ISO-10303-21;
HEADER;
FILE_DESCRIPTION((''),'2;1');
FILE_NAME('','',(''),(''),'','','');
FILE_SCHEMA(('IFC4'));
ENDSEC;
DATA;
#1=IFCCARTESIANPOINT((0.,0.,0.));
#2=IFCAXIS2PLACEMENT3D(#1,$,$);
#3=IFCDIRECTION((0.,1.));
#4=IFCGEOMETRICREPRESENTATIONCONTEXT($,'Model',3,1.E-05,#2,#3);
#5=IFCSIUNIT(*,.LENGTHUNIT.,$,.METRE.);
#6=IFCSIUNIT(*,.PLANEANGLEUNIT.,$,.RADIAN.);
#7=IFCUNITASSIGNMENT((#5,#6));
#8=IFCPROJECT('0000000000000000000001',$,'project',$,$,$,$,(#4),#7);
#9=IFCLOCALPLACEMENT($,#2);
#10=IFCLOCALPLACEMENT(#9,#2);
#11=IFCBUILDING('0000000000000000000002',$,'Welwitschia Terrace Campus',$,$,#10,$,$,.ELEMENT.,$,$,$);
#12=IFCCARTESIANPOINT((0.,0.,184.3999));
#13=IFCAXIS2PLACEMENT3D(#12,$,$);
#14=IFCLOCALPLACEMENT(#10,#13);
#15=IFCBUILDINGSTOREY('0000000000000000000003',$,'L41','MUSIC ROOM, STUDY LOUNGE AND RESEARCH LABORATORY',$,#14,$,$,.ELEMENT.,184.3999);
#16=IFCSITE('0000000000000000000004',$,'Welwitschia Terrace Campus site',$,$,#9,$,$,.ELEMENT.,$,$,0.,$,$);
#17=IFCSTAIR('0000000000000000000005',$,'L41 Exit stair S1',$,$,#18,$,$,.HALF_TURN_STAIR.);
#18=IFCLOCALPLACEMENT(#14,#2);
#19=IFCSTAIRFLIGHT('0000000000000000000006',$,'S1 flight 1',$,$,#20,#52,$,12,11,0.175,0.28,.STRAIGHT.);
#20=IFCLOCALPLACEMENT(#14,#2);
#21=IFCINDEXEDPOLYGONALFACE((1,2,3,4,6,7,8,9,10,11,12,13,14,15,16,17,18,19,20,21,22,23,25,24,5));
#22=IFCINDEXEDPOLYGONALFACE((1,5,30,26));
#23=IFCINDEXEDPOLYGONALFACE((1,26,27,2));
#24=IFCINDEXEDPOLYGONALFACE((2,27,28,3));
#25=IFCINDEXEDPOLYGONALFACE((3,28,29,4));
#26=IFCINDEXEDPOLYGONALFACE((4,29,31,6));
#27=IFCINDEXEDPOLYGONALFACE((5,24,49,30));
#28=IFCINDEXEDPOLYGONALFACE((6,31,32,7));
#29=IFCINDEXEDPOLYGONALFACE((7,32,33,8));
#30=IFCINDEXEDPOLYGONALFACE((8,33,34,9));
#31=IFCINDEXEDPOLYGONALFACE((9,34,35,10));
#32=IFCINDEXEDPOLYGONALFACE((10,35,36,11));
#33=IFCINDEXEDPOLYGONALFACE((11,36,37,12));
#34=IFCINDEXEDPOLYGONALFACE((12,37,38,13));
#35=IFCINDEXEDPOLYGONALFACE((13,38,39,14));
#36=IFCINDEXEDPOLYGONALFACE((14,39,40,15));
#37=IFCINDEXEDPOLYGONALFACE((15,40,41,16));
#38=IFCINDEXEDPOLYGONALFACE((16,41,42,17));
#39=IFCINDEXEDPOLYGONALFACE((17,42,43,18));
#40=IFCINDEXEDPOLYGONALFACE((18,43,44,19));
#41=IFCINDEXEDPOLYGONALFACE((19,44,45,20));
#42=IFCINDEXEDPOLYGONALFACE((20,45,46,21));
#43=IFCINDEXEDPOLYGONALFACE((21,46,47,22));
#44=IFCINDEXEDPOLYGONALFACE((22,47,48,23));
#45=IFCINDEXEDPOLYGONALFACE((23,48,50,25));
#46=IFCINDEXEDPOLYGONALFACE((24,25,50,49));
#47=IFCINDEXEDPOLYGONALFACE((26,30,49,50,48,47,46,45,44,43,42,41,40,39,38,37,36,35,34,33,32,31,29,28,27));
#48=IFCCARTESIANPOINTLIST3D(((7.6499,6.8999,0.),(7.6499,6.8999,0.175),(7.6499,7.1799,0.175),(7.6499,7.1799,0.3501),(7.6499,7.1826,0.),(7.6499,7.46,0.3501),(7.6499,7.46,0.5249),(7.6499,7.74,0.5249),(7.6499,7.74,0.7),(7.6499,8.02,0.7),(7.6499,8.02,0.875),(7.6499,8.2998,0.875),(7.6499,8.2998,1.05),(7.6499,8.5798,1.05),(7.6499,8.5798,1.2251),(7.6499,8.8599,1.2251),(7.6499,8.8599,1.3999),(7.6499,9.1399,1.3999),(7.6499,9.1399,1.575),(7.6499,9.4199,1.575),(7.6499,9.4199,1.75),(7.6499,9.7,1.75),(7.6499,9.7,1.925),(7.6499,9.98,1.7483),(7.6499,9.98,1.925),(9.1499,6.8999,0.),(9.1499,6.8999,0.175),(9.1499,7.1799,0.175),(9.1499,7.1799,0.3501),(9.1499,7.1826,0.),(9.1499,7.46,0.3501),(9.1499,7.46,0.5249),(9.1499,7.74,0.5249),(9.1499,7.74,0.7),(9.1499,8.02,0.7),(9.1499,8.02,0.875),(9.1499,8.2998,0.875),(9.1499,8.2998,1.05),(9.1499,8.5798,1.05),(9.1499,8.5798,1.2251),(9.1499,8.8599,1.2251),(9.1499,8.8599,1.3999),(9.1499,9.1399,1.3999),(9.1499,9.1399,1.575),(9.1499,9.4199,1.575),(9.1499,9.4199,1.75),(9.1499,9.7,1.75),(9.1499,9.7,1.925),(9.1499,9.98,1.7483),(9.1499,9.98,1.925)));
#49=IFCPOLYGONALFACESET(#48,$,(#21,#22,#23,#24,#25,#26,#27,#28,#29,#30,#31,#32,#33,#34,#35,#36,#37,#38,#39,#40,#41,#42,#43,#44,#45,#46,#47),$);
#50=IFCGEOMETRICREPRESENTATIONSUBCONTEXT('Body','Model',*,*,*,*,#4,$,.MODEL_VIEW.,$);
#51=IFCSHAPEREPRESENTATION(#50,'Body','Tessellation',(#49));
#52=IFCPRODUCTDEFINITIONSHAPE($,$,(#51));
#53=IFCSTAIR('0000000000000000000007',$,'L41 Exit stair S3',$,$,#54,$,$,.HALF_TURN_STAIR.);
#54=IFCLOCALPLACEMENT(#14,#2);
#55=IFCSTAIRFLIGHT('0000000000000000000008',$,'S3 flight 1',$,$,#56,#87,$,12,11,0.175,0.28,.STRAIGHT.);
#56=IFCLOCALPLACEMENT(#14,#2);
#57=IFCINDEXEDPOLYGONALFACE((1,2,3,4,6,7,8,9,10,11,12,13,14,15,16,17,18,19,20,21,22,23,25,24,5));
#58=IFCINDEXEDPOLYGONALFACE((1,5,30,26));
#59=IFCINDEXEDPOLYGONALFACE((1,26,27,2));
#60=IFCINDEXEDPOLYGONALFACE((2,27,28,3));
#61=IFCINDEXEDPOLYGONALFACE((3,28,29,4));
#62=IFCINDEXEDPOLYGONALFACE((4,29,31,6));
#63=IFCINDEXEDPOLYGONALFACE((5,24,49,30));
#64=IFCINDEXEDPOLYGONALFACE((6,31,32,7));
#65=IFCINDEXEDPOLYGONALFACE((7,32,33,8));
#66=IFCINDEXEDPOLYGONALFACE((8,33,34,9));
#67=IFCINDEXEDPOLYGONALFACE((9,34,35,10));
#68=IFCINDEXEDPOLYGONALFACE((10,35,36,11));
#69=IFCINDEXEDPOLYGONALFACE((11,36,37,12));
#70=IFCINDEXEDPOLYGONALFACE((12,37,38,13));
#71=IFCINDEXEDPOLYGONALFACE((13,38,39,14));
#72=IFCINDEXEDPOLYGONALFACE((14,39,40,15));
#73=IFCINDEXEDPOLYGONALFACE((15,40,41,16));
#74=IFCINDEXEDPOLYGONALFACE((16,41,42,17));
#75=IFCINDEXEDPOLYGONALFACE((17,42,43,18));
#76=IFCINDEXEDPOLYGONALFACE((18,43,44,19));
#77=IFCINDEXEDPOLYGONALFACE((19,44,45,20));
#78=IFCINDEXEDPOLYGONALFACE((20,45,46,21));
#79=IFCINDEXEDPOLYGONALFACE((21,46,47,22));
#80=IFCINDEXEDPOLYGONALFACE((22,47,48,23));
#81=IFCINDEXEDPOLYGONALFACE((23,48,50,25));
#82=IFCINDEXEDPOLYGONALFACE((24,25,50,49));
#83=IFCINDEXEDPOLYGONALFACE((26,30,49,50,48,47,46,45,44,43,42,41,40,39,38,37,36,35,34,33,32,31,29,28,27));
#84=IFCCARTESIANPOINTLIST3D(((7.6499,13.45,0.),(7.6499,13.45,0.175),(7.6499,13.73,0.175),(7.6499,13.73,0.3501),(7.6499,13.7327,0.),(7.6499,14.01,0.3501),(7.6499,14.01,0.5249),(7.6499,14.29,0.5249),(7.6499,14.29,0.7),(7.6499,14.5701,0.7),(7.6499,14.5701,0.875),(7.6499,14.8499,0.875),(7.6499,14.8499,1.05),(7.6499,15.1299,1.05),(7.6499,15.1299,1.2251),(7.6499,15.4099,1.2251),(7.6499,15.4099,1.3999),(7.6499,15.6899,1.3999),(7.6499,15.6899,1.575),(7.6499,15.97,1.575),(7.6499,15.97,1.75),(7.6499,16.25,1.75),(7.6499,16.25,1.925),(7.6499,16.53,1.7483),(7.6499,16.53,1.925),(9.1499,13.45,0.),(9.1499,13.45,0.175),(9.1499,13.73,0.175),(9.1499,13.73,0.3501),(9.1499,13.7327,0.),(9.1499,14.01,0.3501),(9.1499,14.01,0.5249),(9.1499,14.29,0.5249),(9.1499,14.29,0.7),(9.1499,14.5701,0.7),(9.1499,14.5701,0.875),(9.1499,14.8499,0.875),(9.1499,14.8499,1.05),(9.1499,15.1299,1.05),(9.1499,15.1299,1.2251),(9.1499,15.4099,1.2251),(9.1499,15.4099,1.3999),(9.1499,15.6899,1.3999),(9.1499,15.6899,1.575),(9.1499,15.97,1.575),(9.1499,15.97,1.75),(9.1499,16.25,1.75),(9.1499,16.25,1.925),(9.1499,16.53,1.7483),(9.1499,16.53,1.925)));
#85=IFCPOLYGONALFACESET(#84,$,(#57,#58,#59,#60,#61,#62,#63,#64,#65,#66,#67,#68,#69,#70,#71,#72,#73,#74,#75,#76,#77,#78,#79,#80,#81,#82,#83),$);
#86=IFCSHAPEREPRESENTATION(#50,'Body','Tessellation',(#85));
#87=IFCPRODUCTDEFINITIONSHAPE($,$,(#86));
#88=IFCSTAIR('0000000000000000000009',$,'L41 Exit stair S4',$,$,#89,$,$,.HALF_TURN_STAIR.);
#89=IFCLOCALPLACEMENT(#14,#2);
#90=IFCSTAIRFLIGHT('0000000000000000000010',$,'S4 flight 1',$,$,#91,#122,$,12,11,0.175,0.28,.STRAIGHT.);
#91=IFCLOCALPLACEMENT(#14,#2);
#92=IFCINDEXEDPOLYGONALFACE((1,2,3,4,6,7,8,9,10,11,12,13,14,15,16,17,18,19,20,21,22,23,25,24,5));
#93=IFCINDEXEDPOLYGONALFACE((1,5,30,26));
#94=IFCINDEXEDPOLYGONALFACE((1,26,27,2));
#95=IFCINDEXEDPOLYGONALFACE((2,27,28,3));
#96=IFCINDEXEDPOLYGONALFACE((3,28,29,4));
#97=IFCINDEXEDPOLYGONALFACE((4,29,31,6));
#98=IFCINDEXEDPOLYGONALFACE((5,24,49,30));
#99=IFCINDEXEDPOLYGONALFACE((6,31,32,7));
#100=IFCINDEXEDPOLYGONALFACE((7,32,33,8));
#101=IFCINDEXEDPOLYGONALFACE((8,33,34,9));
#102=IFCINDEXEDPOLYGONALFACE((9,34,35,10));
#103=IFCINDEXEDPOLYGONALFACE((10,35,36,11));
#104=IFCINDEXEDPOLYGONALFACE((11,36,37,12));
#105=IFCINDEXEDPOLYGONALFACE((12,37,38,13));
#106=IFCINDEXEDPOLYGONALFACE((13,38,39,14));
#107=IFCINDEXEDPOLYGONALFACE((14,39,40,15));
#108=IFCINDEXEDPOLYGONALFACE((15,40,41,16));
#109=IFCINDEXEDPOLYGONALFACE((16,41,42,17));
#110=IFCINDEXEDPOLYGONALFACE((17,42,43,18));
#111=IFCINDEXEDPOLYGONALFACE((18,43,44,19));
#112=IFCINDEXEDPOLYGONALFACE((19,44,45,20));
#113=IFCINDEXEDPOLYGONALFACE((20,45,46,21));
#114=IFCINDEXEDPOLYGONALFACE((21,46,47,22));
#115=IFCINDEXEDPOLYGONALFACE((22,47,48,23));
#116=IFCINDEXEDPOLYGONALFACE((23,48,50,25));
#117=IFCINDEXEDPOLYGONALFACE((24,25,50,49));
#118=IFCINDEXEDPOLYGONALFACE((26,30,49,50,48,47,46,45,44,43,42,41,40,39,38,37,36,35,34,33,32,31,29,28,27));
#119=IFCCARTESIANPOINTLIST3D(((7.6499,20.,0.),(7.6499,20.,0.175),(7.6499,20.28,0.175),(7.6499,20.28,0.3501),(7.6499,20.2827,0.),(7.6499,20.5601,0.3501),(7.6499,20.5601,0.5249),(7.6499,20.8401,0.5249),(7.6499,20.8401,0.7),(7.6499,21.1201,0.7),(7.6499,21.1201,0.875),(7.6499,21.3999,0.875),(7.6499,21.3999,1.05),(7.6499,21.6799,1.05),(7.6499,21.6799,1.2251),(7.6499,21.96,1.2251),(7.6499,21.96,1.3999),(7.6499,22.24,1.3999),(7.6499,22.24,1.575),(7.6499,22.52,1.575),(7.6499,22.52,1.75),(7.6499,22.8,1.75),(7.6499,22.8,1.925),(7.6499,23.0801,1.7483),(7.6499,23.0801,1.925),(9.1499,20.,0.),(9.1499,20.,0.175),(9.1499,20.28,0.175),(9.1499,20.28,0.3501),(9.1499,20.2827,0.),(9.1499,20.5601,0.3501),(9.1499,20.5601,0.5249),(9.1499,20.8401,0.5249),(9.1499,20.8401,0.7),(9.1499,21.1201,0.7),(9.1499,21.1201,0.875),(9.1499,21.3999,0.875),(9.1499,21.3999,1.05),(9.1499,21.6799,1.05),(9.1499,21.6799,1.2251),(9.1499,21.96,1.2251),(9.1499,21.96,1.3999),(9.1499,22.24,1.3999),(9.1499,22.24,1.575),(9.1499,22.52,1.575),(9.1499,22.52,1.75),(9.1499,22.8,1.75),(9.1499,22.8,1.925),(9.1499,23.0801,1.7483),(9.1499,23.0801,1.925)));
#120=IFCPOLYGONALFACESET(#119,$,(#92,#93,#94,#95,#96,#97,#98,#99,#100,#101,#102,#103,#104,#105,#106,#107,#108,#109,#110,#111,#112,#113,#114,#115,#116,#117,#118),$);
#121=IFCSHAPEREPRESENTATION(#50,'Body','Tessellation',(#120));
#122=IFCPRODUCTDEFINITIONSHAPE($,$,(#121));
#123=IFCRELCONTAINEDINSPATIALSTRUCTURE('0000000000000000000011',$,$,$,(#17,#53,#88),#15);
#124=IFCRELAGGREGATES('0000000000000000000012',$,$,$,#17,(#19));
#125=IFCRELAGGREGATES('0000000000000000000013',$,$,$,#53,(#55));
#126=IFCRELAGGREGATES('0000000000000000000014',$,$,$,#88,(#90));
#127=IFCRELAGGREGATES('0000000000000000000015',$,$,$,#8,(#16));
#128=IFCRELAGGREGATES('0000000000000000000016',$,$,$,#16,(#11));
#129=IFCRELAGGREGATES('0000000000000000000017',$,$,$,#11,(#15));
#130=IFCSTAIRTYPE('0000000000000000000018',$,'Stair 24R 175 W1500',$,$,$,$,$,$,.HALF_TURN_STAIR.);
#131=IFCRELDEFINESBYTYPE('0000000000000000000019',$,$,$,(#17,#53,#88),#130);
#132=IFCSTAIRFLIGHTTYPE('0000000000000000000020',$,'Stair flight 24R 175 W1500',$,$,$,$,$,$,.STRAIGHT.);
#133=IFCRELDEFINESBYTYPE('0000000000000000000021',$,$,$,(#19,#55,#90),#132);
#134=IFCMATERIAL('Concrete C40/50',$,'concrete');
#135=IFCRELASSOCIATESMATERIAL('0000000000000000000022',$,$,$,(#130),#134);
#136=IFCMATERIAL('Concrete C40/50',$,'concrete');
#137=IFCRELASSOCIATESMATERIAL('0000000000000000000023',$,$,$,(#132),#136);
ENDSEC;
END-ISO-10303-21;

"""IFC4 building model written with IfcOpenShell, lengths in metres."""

from ifc_helpers import new_model, si_unit, direction, frame, origin, place, context, subcontext, project, spatial, polyline, outline, extrude, material, type_object, element, aggregate, save


model = new_model("IFC4")

# Units and contexts
model_context = context("Model", 3, precision=1e-05, world=origin(), true_north=direction((0.0, 1.0)))
body_context = subcontext(model_context, "Body", "Model", "MODEL_VIEW")
ifc_project = project(units=[si_unit("LENGTHUNIT", "METRE"), si_unit("PLANEANGLEUNIT", "RADIAN")], contexts=[model_context])

# Site, building, storey
site_placement = place(None, origin())
site = spatial("IfcSite", under=ifc_project, at=site_placement, Name="Welwitschia Terrace Campus site", CompositionType="ELEMENT", RefElevation=0.0)
building_placement = place(site_placement, origin())
building = spatial("IfcBuilding", under=site, at=building_placement, Name="Welwitschia Terrace Campus", CompositionType="ELEMENT")
storey_placement = place(building_placement, frame((0.0, 0.0, 184.3999)))
storey = spatial("IfcBuildingStorey", under=building, at=storey_placement, Name="L41", Description="MUSIC ROOM, STUDY LOUNGE AND RESEARCH LABORATORY", CompositionType="ELEMENT", Elevation=184.3999)

# Stairs, stair flights
ifc_material_1 = material(Name="Concrete C40/50", Category="concrete")
stair_type = type_object("IfcStairType", Name="Stair 24R 175 W1500", PredefinedType="HALF_TURN_STAIR", material=ifc_material_1)
stair_1_placement = place(storey_placement, origin())
stair_1 = element("IfcStair", 1, at=stair_1_placement, inside=storey, type_object=stair_type, Name="L41 Exit stair S1", PredefinedType="HALF_TURN_STAIR")
ifc_material_2 = material(Name="Concrete C40/50", Category="concrete")
stair_flight_type = type_object("IfcStairFlightType", Name="Stair flight 24R 175 W1500", PredefinedType="STRAIGHT", material=ifc_material_2)
stair_flight_1_placement = place(storey_placement, frame((8.3999, 6.8999, 0.0), z_axis=(0.0, 0.0, 1.0), x_axis=(0.0, 1.0, 0.0)))
stair_flight_1 = element("IfcStairFlight", 2, at=stair_flight_1_placement, type_object=stair_flight_type, Name="S1 flight 1", NumberOfRisers=12, NumberOfTreads=11, PredefinedType="STRAIGHT", RiserHeight=0.175, TreadLength=0.28, context=body_context, shape_type="SweptSolid", body=[
    extrude(outline(polyline([(0.0, 0.0), (0.0, 0.175), (0.28, 0.175), (0.28, 0.3501), (0.5601, 0.3501), (0.5601, 0.5249), (0.8401, 0.5249), (0.8401, 0.7), (1.1201, 0.7), (1.1201, 0.875), (1.3999, 0.875), (1.3999, 1.05), (1.6799, 1.05), (1.6799, 1.2251), (1.96, 1.2251), (1.96, 1.3999), (2.24, 1.3999), (2.24, 1.575), (2.52, 1.575), (2.52, 1.75), (2.8, 1.75), (2.8, 1.925), (3.0801, 1.925), (3.0801, 2.1001), (3.0801, 1.7483), (0.2827, 0.0), (0.0, 0.0)])), frame((0.0, 0.75, 0.0), z_axis=(0.0, -1.0, 0.0), x_axis=(1.0, 0.0, 0.0)), (0.0, 0.0, 1.0), 1.5),
])
aggregate(stair_1, [stair_flight_1])
stair_2_placement = place(storey_placement, origin())
stair_2 = element("IfcStair", 3, at=stair_2_placement, inside=storey, type_object=stair_type, Name="L41 Exit stair S3", PredefinedType="HALF_TURN_STAIR")
stair_flight_2_placement = place(storey_placement, frame((8.3999, 13.45, 0.0), z_axis=(0.0, 0.0, 1.0), x_axis=(0.0, 1.0, 0.0)))
stair_flight_2 = element("IfcStairFlight", 4, at=stair_flight_2_placement, type_object=stair_flight_type, Name="S3 flight 1", NumberOfRisers=12, NumberOfTreads=11, PredefinedType="STRAIGHT", RiserHeight=0.175, TreadLength=0.28, context=body_context, shape_type="SweptSolid", body=[
    extrude(outline(polyline([(0.0, 0.0), (0.0, 0.175), (0.28, 0.175), (0.28, 0.3501), (0.5601, 0.3501), (0.5601, 0.5249), (0.8401, 0.5249), (0.8401, 0.7), (1.1201, 0.7), (1.1201, 0.875), (1.3999, 0.875), (1.3999, 1.05), (1.6799, 1.05), (1.6799, 1.2251), (1.96, 1.2251), (1.96, 1.3999), (2.24, 1.3999), (2.24, 1.575), (2.52, 1.575), (2.52, 1.75), (2.8, 1.75), (2.8, 1.925), (3.0801, 1.925), (3.0801, 2.1001), (3.0801, 1.7483), (0.2827, 0.0), (0.0, 0.0)])), frame((0.0, 0.75, 0.0), z_axis=(0.0, -1.0, 0.0), x_axis=(1.0, 0.0, 0.0)), (0.0, 0.0, 1.0), 1.5),
])
aggregate(stair_2, [stair_flight_2])
stair_3_placement = place(storey_placement, origin())
stair_3 = element("IfcStair", 5, at=stair_3_placement, inside=storey, type_object=stair_type, Name="L41 Exit stair S4", PredefinedType="HALF_TURN_STAIR")
stair_flight_3_placement = place(storey_placement, frame((8.3999, 20.0, 0.0), z_axis=(0.0, 0.0, 1.0), x_axis=(0.0, 1.0, 0.0)))
stair_flight_3 = element("IfcStairFlight", 6, at=stair_flight_3_placement, type_object=stair_flight_type, Name="S4 flight 1", NumberOfRisers=12, NumberOfTreads=11, PredefinedType="STRAIGHT", RiserHeight=0.175, TreadLength=0.28, context=body_context, shape_type="SweptSolid", body=[
    extrude(outline(polyline([(0.0, 0.0), (0.0, 0.175), (0.28, 0.175), (0.28, 0.3501), (0.5601, 0.3501), (0.5601, 0.5249), (0.8401, 0.5249), (0.8401, 0.7), (1.1201, 0.7), (1.1201, 0.875), (1.3999, 0.875), (1.3999, 1.05), (1.6799, 1.05), (1.6799, 1.2251), (1.96, 1.2251), (1.96, 1.3999), (2.24, 1.3999), (2.24, 1.575), (2.52, 1.575), (2.52, 1.75), (2.8, 1.75), (2.8, 1.925), (3.0801, 1.925), (3.0801, 2.1001), (3.0801, 1.7483), (0.2827, 0.0), (0.0, 0.0)])), frame((0.0, 0.75, 0.0), z_axis=(0.0, -1.0, 0.0), x_axis=(1.0, 0.0, 0.0)), (0.0, 0.0, 1.0), 1.5),
])
aggregate(stair_3, [stair_flight_3])

save(model, "model.ifc")
